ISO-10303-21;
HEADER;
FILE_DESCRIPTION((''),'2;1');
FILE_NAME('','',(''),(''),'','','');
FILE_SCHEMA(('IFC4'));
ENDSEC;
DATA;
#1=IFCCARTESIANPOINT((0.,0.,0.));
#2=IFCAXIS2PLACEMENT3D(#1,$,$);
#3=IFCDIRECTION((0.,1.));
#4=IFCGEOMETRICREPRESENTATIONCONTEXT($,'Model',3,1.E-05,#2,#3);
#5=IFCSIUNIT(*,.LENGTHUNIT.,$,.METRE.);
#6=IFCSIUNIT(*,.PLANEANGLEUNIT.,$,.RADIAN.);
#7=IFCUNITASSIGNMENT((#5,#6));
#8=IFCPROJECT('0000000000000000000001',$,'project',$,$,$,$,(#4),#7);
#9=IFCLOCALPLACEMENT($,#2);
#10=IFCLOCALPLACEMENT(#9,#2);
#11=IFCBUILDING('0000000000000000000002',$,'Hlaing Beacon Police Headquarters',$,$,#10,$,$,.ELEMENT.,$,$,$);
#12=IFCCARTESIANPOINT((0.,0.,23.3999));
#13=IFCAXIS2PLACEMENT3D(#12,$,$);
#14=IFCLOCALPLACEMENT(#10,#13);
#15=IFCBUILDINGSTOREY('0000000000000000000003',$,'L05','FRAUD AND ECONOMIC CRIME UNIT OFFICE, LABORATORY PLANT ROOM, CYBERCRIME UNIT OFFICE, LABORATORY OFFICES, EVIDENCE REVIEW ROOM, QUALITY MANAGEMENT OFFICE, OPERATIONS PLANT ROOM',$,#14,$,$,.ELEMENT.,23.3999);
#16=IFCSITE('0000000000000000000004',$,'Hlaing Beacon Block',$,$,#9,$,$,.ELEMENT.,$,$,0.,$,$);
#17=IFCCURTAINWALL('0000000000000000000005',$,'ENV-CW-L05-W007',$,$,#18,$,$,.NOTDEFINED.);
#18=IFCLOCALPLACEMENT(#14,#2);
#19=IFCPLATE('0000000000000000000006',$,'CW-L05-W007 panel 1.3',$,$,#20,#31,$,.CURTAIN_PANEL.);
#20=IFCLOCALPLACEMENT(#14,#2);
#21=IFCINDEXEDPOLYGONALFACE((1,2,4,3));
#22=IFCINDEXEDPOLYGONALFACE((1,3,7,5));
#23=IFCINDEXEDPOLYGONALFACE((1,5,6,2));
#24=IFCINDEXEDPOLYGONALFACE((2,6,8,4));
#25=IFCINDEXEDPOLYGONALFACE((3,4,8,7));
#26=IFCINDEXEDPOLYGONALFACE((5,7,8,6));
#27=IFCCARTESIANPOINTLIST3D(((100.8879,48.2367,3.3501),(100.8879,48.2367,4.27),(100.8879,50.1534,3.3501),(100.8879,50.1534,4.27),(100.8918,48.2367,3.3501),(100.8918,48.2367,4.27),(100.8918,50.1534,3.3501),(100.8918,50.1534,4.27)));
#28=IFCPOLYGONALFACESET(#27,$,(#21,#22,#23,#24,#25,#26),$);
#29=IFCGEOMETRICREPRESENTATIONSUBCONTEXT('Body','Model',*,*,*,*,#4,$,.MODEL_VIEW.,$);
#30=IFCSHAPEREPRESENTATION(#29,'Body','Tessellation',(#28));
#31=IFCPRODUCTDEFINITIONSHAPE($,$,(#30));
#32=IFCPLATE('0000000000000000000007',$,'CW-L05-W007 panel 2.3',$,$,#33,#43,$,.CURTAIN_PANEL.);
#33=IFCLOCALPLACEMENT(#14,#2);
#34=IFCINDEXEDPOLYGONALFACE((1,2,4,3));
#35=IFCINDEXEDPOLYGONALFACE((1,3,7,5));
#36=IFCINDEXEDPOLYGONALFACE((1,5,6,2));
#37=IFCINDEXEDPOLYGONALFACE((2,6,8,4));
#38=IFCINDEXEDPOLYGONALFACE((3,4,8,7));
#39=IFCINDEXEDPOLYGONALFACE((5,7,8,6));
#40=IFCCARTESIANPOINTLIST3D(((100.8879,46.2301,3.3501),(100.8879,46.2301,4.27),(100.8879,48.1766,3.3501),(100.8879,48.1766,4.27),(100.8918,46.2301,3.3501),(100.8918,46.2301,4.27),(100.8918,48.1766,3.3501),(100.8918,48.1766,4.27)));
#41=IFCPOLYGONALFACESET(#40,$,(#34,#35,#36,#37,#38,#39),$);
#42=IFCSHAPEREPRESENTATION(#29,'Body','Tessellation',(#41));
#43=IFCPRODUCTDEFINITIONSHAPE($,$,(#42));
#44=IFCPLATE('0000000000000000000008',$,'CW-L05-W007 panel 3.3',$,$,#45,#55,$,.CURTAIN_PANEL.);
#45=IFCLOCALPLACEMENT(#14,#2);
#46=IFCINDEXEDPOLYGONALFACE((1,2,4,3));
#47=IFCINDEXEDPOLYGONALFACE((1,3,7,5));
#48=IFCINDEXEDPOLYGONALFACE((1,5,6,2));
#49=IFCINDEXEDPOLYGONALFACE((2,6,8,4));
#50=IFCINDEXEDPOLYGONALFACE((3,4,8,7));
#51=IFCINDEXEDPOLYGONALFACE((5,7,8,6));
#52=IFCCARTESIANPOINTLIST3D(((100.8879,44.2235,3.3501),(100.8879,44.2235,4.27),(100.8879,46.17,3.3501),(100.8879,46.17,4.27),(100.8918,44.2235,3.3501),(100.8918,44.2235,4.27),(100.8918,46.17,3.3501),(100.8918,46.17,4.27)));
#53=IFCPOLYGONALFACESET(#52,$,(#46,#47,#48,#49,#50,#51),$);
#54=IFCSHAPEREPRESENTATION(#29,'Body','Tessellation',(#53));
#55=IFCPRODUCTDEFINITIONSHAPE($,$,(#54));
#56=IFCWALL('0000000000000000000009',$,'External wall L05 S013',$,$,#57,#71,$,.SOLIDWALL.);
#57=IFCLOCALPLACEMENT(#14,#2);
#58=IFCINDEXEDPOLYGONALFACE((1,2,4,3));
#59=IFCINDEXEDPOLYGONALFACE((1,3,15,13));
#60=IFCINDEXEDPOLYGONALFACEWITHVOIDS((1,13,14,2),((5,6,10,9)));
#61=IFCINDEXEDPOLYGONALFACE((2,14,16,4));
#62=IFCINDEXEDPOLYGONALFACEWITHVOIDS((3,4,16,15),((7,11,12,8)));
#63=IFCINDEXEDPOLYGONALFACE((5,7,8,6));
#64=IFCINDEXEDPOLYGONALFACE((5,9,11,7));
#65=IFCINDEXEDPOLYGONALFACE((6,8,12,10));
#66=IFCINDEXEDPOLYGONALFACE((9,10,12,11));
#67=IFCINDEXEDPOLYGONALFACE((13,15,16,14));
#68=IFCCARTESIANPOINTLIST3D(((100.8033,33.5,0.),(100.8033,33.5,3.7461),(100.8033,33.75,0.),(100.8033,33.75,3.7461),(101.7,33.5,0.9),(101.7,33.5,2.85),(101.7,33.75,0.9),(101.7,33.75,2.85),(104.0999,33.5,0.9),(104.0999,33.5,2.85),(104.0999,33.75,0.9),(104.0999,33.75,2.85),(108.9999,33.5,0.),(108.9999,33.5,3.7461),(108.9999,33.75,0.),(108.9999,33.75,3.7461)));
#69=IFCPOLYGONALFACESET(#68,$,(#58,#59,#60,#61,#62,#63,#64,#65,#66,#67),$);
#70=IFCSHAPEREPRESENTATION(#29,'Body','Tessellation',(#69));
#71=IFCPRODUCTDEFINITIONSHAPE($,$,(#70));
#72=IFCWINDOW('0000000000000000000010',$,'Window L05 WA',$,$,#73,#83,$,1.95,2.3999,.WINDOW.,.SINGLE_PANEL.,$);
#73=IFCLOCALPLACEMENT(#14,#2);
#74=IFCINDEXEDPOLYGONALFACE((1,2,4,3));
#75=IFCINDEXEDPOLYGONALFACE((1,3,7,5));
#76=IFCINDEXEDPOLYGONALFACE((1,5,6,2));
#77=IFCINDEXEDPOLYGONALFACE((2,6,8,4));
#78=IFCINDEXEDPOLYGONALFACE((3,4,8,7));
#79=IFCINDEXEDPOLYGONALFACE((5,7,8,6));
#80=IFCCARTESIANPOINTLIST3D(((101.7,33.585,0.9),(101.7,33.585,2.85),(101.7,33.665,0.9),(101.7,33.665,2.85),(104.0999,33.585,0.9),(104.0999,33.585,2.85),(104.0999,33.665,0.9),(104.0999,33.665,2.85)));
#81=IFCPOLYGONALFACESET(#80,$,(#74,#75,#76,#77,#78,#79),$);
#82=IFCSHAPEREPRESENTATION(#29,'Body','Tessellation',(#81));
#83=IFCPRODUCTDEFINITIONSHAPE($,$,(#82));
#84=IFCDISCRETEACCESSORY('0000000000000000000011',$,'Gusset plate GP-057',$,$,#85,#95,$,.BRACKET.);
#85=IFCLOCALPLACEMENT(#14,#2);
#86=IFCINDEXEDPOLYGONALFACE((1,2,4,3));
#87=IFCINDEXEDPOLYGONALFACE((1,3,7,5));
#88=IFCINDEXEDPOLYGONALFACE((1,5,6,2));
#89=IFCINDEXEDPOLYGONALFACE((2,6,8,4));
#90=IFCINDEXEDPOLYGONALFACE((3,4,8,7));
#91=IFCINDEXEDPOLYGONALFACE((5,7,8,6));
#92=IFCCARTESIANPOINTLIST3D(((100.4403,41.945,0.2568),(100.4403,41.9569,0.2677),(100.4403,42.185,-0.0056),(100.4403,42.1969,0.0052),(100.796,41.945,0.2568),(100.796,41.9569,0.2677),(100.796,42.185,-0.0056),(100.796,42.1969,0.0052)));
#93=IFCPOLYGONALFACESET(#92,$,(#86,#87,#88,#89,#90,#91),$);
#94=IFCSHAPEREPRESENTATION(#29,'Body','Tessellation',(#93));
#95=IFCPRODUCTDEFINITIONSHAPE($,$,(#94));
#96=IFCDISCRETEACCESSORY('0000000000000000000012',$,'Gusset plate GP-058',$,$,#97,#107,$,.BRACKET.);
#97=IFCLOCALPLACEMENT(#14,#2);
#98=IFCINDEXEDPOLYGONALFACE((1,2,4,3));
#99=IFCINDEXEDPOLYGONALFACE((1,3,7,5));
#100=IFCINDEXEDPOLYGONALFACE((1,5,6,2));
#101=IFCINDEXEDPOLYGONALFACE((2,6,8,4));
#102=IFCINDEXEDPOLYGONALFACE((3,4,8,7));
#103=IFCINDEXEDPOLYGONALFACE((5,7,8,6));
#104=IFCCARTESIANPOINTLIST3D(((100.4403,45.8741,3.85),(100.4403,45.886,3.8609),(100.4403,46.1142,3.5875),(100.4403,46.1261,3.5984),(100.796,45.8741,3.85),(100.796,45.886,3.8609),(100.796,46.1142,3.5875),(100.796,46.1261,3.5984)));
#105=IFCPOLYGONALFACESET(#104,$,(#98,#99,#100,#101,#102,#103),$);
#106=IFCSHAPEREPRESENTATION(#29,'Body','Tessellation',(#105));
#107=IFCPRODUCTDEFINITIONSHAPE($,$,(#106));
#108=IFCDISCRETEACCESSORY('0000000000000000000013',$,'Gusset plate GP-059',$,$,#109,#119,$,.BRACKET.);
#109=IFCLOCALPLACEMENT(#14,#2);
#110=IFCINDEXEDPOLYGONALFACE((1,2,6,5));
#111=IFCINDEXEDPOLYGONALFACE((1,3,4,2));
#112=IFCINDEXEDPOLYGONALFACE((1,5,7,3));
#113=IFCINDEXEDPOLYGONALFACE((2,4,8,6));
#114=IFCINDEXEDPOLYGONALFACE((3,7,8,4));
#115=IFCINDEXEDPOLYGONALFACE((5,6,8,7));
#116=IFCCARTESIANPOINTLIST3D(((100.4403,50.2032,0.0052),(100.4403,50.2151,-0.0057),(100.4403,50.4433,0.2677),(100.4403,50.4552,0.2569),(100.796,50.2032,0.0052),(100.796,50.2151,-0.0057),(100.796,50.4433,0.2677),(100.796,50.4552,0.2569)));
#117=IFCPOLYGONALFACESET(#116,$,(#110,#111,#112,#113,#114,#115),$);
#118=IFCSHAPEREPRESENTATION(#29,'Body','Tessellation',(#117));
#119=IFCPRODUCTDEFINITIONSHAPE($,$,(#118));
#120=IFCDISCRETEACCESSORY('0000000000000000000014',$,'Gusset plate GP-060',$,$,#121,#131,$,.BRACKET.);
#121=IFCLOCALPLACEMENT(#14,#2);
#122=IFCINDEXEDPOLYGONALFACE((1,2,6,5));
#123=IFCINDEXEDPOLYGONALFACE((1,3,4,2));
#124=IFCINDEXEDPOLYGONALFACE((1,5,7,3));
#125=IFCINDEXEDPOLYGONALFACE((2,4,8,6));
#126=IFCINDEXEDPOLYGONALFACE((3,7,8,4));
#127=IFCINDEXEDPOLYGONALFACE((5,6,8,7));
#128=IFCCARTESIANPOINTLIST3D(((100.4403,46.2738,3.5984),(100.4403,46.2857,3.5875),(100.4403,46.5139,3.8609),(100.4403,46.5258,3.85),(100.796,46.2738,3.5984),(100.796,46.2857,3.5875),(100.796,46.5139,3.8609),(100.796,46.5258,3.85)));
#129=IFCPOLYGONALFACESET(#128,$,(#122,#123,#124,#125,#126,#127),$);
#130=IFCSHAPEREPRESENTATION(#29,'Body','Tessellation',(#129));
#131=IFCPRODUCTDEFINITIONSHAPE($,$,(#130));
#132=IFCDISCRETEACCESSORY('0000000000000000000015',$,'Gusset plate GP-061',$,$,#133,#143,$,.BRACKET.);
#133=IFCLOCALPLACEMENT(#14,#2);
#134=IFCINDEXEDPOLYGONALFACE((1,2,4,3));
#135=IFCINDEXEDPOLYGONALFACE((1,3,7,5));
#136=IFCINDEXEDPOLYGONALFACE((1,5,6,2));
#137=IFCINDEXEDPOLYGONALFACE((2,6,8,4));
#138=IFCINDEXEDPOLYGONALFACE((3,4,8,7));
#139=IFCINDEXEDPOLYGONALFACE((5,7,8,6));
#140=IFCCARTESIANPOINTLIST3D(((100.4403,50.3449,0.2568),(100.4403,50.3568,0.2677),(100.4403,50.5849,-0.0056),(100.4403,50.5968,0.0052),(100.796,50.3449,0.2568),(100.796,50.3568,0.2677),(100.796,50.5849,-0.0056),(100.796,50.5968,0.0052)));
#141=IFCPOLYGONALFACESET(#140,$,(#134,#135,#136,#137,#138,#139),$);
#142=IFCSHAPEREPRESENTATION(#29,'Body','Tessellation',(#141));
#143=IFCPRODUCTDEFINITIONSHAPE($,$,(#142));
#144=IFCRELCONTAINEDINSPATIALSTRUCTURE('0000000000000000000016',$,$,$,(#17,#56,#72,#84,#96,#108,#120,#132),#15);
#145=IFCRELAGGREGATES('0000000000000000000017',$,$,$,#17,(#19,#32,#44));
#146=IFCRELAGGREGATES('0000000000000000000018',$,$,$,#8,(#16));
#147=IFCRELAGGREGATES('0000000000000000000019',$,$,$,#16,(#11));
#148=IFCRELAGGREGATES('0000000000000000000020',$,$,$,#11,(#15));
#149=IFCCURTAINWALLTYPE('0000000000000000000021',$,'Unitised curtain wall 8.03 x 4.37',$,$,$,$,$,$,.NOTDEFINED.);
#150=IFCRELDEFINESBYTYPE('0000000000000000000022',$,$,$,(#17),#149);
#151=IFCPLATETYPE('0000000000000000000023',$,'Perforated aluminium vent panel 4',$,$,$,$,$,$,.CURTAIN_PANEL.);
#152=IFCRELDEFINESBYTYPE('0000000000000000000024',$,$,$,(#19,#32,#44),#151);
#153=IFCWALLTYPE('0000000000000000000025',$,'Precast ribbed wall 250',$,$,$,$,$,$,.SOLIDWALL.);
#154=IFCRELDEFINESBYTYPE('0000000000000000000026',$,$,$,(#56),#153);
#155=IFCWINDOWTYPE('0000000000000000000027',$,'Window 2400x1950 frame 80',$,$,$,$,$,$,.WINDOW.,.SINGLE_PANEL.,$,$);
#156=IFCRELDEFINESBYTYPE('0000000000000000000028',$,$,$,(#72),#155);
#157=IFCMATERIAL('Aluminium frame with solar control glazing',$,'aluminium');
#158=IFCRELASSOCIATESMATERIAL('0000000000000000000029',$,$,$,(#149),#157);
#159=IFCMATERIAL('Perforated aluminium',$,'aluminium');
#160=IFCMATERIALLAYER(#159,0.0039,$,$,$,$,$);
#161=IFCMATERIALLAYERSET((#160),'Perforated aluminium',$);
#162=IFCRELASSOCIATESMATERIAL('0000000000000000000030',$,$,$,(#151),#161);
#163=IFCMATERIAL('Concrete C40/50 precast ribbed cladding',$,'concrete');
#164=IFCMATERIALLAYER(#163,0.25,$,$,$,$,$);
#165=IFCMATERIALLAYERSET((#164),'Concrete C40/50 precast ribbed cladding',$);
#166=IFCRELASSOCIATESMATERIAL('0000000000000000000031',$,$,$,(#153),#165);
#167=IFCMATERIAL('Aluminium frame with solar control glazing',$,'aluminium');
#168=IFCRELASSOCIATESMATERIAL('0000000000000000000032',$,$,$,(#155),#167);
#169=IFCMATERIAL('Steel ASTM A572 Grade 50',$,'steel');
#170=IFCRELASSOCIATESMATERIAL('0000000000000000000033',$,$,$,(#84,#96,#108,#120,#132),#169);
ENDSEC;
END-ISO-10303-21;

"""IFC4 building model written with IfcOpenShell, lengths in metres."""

from ifc_helpers import new_model, si_unit, direction, frame, frame_2d, origin, origin_2d, place, context, subcontext, project, spatial, rectangle, extrude, material, layer, layer_set, type_object, element, fill, aggregate, save


model = new_model("IFC4")

# Units and contexts
model_context = context("Model", 3, precision=1e-05, world=origin(), true_north=direction((0.0, 1.0)))
body_context = subcontext(model_context, "Body", "Model", "MODEL_VIEW")
ifc_project = project(units=[si_unit("LENGTHUNIT", "METRE"), si_unit("PLANEANGLEUNIT", "RADIAN")], contexts=[model_context])

# Site, building, storey
site_placement = place(None, origin())
site = spatial("IfcSite", under=ifc_project, at=site_placement, Name="Hlaing Beacon Block", CompositionType="ELEMENT", RefElevation=0.0)
building_placement = place(site_placement, origin())
building = spatial("IfcBuilding", under=site, at=building_placement, Name="Hlaing Beacon Police Headquarters", CompositionType="ELEMENT")
storey_placement = place(building_placement, frame((0.0, 0.0, 23.3999)))
storey = spatial("IfcBuildingStorey", under=building, at=storey_placement, Name="L05", Description="FRAUD AND ECONOMIC CRIME UNIT OFFICE, LABORATORY PLANT ROOM, CYBERCRIME UNIT OFFICE, LABORATORY OFFICES, EVIDENCE REVIEW ROOM, QUALITY MANAGEMENT OFFICE, OPERATIONS PLANT ROOM", CompositionType="ELEMENT", Elevation=23.3999)

# Curtain wall, plates
ifc_material_1 = material(Name="Aluminium frame with solar control glazing", Category="aluminium")
curtain_wall_type = type_object("IfcCurtainWallType", Name="Unitised curtain wall 8.03 x 4.37", PredefinedType="NOTDEFINED", material=ifc_material_1)
curtain_wall_placement = place(storey_placement, origin())
curtain_wall = element("IfcCurtainWall", 1, at=curtain_wall_placement, inside=storey, type_object=curtain_wall_type, Name="ENV-CW-L05-W007", PredefinedType="NOTDEFINED")
ifc_material_2 = material(Name="Perforated aluminium", Category="aluminium")
ifc_layer_1 = layer(ifc_material_2, 0.0039)
ifc_layer_set_1 = layer_set([ifc_layer_1], Name="Perforated aluminium")
plate_type_1 = type_object("IfcPlateType", Name="Perforated aluminium vent panel 4", PredefinedType="CURTAIN_PANEL", material=ifc_layer_set_1)
plate_1_placement = place(storey_placement, frame((100.8899, 49.1951, 3.3501), z_axis=(0.0, 0.0, 1.0), x_axis=(0.0, -1.0, 0.0)))
plate_1 = element("IfcPlate", 2, at=plate_1_placement, type_object=plate_type_1, Name="CW-L05-W007 panel 1.3", PredefinedType="CURTAIN_PANEL", context=body_context, shape_type="SweptSolid", body=[
    extrude(rectangle(XDim=1.9167, YDim=0.0039, at=origin_2d()), origin(), (0.0, 0.0, 1.0), 0.9199),
])
plate_2_placement = place(storey_placement, frame((100.8899, 47.2034, 3.3501), z_axis=(0.0, 0.0, 1.0), x_axis=(0.0, -1.0, 0.0)))
plate_2 = element("IfcPlate", 3, at=plate_2_placement, type_object=plate_type_1, Name="CW-L05-W007 panel 2.3", PredefinedType="CURTAIN_PANEL", context=body_context, shape_type="SweptSolid", body=[
    extrude(rectangle(XDim=1.9465, YDim=0.0039, at=origin_2d()), origin(), (0.0, 0.0, 1.0), 0.9199),
])
plate_3_placement = place(storey_placement, frame((100.8899, 45.1968, 3.3501), z_axis=(0.0, 0.0, 1.0), x_axis=(0.0, -1.0, 0.0)))
plate_3 = element("IfcPlate", 4, at=plate_3_placement, type_object=plate_type_1, Name="CW-L05-W007 panel 3.3", PredefinedType="CURTAIN_PANEL", context=body_context, shape_type="SweptSolid", body=[
    extrude(rectangle(XDim=1.9465, YDim=0.0039, at=origin_2d()), origin(), (0.0, 0.0, 1.0), 0.9199),
])
aggregate(curtain_wall, [plate_1, plate_2, plate_3])

# Wall, opening, window
ifc_material_3 = material(Name="Concrete C40/50 precast ribbed cladding", Category="concrete")
ifc_layer_2 = layer(ifc_material_3, 0.25)
ifc_layer_set_2 = layer_set([ifc_layer_2], Name="Concrete C40/50 precast ribbed cladding")
wall_type = type_object("IfcWallType", Name="Precast ribbed wall 250", PredefinedType="SOLIDWALL", material=ifc_layer_set_2)
wall_placement = place(storey_placement, frame((100.8035, 33.625, 0.0), z_axis=(0.0, 0.0, 1.0), x_axis=(1.0, 0.0, 0.0)))
wall = element("IfcWall", 5, at=wall_placement, inside=storey, type_object=wall_type, Name="External wall L05 S013", PredefinedType="SOLIDWALL", context=body_context, shape_type="SweptSolid", body=[
    extrude(rectangle(XDim=8.1965, YDim=0.25, at=frame_2d((4.0981, 0.0))), origin(), (0.0, 0.0, 1.0), 3.7461),
])
opening_placement = place(wall_placement, frame((0.8965, 0.0, 0.8999)))
opening = element("IfcOpeningElement", 6, at=opening_placement, cuts=wall, PredefinedType="OPENING", context=body_context, shape_type="SweptSolid", body=[
    extrude(rectangle(XDim=2.3999, YDim=1.95, at=frame_2d((1.2, 0.9751))), frame((0.0, 0.135, 0.0), z_axis=(0.0, -1.0, 0.0), x_axis=(1.0, 0.0, 0.0)), (0.0, 0.0, 1.0), 0.27),
])
ifc_material_4 = material(Name="Aluminium frame with solar control glazing", Category="aluminium")
window_type = type_object("IfcWindowType", Name="Window 2400x1950 frame 80", PartitioningType="SINGLE_PANEL", PredefinedType="WINDOW", material=ifc_material_4)
window_placement = place(opening_placement, origin())
window = element("IfcWindow", 7, at=window_placement, inside=storey, type_object=window_type, Name="Window L05 WA", OverallHeight=1.95, OverallWidth=2.3999, PartitioningType="SINGLE_PANEL", PredefinedType="WINDOW", context=body_context, shape_type="SweptSolid", body=[
    extrude(rectangle(XDim=2.3999, YDim=1.95, at=frame_2d((1.2, 0.9751))), frame((0.0, 0.04, 0.0), z_axis=(0.0, -1.0, 0.0), x_axis=(1.0, 0.0, 0.0)), (0.0, 0.0, 1.0), 0.0801),
])
fill(opening, window)

# Discrete accessories
ifc_material_5 = material(Name="Steel ASTM A572 Grade 50", Category="steel")
for number, where, z_axis, x_axis, name in (
    (8, (100.6182, 42.0769, 0.1365), (0.0, -0.737951, -0.674854), (1.0, 0.0, 0.0), "Gusset plate GP-057"),
    (9, (100.6182, 45.9941, 3.7188), (0.0, 0.737951, 0.674854), (-1.0, 0.0, 0.0), "Gusset plate GP-058"),
    (10, (100.6182, 50.3232, 0.1365), (0.0, 0.737972, -0.674831), (-1.0, 0.0, 0.0), "Gusset plate GP-059"),
    (11, (100.6182, 46.4058, 3.7188), (0.0, -0.737972, 0.674831), (1.0, 0.0, 0.0), "Gusset plate GP-060"),
    (12, (100.6182, 50.4768, 0.1365), (0.0, -0.737951, -0.674854), (1.0, 0.0, 0.0), "Gusset plate GP-061"),
):
    element("IfcDiscreteAccessory", number, at=place(storey_placement, frame(where, z_axis=z_axis, x_axis=x_axis)), inside=storey, material=ifc_material_5, Name=name, PredefinedType="BRACKET", context=body_context, shape_type="SweptSolid", body=[
        extrude(rectangle(XDim=0.3557, YDim=0.3557, at=origin_2d()), origin(), (0.0, 0.0, 1.0), 0.0161),
    ])

save(model, "model.ifc")
